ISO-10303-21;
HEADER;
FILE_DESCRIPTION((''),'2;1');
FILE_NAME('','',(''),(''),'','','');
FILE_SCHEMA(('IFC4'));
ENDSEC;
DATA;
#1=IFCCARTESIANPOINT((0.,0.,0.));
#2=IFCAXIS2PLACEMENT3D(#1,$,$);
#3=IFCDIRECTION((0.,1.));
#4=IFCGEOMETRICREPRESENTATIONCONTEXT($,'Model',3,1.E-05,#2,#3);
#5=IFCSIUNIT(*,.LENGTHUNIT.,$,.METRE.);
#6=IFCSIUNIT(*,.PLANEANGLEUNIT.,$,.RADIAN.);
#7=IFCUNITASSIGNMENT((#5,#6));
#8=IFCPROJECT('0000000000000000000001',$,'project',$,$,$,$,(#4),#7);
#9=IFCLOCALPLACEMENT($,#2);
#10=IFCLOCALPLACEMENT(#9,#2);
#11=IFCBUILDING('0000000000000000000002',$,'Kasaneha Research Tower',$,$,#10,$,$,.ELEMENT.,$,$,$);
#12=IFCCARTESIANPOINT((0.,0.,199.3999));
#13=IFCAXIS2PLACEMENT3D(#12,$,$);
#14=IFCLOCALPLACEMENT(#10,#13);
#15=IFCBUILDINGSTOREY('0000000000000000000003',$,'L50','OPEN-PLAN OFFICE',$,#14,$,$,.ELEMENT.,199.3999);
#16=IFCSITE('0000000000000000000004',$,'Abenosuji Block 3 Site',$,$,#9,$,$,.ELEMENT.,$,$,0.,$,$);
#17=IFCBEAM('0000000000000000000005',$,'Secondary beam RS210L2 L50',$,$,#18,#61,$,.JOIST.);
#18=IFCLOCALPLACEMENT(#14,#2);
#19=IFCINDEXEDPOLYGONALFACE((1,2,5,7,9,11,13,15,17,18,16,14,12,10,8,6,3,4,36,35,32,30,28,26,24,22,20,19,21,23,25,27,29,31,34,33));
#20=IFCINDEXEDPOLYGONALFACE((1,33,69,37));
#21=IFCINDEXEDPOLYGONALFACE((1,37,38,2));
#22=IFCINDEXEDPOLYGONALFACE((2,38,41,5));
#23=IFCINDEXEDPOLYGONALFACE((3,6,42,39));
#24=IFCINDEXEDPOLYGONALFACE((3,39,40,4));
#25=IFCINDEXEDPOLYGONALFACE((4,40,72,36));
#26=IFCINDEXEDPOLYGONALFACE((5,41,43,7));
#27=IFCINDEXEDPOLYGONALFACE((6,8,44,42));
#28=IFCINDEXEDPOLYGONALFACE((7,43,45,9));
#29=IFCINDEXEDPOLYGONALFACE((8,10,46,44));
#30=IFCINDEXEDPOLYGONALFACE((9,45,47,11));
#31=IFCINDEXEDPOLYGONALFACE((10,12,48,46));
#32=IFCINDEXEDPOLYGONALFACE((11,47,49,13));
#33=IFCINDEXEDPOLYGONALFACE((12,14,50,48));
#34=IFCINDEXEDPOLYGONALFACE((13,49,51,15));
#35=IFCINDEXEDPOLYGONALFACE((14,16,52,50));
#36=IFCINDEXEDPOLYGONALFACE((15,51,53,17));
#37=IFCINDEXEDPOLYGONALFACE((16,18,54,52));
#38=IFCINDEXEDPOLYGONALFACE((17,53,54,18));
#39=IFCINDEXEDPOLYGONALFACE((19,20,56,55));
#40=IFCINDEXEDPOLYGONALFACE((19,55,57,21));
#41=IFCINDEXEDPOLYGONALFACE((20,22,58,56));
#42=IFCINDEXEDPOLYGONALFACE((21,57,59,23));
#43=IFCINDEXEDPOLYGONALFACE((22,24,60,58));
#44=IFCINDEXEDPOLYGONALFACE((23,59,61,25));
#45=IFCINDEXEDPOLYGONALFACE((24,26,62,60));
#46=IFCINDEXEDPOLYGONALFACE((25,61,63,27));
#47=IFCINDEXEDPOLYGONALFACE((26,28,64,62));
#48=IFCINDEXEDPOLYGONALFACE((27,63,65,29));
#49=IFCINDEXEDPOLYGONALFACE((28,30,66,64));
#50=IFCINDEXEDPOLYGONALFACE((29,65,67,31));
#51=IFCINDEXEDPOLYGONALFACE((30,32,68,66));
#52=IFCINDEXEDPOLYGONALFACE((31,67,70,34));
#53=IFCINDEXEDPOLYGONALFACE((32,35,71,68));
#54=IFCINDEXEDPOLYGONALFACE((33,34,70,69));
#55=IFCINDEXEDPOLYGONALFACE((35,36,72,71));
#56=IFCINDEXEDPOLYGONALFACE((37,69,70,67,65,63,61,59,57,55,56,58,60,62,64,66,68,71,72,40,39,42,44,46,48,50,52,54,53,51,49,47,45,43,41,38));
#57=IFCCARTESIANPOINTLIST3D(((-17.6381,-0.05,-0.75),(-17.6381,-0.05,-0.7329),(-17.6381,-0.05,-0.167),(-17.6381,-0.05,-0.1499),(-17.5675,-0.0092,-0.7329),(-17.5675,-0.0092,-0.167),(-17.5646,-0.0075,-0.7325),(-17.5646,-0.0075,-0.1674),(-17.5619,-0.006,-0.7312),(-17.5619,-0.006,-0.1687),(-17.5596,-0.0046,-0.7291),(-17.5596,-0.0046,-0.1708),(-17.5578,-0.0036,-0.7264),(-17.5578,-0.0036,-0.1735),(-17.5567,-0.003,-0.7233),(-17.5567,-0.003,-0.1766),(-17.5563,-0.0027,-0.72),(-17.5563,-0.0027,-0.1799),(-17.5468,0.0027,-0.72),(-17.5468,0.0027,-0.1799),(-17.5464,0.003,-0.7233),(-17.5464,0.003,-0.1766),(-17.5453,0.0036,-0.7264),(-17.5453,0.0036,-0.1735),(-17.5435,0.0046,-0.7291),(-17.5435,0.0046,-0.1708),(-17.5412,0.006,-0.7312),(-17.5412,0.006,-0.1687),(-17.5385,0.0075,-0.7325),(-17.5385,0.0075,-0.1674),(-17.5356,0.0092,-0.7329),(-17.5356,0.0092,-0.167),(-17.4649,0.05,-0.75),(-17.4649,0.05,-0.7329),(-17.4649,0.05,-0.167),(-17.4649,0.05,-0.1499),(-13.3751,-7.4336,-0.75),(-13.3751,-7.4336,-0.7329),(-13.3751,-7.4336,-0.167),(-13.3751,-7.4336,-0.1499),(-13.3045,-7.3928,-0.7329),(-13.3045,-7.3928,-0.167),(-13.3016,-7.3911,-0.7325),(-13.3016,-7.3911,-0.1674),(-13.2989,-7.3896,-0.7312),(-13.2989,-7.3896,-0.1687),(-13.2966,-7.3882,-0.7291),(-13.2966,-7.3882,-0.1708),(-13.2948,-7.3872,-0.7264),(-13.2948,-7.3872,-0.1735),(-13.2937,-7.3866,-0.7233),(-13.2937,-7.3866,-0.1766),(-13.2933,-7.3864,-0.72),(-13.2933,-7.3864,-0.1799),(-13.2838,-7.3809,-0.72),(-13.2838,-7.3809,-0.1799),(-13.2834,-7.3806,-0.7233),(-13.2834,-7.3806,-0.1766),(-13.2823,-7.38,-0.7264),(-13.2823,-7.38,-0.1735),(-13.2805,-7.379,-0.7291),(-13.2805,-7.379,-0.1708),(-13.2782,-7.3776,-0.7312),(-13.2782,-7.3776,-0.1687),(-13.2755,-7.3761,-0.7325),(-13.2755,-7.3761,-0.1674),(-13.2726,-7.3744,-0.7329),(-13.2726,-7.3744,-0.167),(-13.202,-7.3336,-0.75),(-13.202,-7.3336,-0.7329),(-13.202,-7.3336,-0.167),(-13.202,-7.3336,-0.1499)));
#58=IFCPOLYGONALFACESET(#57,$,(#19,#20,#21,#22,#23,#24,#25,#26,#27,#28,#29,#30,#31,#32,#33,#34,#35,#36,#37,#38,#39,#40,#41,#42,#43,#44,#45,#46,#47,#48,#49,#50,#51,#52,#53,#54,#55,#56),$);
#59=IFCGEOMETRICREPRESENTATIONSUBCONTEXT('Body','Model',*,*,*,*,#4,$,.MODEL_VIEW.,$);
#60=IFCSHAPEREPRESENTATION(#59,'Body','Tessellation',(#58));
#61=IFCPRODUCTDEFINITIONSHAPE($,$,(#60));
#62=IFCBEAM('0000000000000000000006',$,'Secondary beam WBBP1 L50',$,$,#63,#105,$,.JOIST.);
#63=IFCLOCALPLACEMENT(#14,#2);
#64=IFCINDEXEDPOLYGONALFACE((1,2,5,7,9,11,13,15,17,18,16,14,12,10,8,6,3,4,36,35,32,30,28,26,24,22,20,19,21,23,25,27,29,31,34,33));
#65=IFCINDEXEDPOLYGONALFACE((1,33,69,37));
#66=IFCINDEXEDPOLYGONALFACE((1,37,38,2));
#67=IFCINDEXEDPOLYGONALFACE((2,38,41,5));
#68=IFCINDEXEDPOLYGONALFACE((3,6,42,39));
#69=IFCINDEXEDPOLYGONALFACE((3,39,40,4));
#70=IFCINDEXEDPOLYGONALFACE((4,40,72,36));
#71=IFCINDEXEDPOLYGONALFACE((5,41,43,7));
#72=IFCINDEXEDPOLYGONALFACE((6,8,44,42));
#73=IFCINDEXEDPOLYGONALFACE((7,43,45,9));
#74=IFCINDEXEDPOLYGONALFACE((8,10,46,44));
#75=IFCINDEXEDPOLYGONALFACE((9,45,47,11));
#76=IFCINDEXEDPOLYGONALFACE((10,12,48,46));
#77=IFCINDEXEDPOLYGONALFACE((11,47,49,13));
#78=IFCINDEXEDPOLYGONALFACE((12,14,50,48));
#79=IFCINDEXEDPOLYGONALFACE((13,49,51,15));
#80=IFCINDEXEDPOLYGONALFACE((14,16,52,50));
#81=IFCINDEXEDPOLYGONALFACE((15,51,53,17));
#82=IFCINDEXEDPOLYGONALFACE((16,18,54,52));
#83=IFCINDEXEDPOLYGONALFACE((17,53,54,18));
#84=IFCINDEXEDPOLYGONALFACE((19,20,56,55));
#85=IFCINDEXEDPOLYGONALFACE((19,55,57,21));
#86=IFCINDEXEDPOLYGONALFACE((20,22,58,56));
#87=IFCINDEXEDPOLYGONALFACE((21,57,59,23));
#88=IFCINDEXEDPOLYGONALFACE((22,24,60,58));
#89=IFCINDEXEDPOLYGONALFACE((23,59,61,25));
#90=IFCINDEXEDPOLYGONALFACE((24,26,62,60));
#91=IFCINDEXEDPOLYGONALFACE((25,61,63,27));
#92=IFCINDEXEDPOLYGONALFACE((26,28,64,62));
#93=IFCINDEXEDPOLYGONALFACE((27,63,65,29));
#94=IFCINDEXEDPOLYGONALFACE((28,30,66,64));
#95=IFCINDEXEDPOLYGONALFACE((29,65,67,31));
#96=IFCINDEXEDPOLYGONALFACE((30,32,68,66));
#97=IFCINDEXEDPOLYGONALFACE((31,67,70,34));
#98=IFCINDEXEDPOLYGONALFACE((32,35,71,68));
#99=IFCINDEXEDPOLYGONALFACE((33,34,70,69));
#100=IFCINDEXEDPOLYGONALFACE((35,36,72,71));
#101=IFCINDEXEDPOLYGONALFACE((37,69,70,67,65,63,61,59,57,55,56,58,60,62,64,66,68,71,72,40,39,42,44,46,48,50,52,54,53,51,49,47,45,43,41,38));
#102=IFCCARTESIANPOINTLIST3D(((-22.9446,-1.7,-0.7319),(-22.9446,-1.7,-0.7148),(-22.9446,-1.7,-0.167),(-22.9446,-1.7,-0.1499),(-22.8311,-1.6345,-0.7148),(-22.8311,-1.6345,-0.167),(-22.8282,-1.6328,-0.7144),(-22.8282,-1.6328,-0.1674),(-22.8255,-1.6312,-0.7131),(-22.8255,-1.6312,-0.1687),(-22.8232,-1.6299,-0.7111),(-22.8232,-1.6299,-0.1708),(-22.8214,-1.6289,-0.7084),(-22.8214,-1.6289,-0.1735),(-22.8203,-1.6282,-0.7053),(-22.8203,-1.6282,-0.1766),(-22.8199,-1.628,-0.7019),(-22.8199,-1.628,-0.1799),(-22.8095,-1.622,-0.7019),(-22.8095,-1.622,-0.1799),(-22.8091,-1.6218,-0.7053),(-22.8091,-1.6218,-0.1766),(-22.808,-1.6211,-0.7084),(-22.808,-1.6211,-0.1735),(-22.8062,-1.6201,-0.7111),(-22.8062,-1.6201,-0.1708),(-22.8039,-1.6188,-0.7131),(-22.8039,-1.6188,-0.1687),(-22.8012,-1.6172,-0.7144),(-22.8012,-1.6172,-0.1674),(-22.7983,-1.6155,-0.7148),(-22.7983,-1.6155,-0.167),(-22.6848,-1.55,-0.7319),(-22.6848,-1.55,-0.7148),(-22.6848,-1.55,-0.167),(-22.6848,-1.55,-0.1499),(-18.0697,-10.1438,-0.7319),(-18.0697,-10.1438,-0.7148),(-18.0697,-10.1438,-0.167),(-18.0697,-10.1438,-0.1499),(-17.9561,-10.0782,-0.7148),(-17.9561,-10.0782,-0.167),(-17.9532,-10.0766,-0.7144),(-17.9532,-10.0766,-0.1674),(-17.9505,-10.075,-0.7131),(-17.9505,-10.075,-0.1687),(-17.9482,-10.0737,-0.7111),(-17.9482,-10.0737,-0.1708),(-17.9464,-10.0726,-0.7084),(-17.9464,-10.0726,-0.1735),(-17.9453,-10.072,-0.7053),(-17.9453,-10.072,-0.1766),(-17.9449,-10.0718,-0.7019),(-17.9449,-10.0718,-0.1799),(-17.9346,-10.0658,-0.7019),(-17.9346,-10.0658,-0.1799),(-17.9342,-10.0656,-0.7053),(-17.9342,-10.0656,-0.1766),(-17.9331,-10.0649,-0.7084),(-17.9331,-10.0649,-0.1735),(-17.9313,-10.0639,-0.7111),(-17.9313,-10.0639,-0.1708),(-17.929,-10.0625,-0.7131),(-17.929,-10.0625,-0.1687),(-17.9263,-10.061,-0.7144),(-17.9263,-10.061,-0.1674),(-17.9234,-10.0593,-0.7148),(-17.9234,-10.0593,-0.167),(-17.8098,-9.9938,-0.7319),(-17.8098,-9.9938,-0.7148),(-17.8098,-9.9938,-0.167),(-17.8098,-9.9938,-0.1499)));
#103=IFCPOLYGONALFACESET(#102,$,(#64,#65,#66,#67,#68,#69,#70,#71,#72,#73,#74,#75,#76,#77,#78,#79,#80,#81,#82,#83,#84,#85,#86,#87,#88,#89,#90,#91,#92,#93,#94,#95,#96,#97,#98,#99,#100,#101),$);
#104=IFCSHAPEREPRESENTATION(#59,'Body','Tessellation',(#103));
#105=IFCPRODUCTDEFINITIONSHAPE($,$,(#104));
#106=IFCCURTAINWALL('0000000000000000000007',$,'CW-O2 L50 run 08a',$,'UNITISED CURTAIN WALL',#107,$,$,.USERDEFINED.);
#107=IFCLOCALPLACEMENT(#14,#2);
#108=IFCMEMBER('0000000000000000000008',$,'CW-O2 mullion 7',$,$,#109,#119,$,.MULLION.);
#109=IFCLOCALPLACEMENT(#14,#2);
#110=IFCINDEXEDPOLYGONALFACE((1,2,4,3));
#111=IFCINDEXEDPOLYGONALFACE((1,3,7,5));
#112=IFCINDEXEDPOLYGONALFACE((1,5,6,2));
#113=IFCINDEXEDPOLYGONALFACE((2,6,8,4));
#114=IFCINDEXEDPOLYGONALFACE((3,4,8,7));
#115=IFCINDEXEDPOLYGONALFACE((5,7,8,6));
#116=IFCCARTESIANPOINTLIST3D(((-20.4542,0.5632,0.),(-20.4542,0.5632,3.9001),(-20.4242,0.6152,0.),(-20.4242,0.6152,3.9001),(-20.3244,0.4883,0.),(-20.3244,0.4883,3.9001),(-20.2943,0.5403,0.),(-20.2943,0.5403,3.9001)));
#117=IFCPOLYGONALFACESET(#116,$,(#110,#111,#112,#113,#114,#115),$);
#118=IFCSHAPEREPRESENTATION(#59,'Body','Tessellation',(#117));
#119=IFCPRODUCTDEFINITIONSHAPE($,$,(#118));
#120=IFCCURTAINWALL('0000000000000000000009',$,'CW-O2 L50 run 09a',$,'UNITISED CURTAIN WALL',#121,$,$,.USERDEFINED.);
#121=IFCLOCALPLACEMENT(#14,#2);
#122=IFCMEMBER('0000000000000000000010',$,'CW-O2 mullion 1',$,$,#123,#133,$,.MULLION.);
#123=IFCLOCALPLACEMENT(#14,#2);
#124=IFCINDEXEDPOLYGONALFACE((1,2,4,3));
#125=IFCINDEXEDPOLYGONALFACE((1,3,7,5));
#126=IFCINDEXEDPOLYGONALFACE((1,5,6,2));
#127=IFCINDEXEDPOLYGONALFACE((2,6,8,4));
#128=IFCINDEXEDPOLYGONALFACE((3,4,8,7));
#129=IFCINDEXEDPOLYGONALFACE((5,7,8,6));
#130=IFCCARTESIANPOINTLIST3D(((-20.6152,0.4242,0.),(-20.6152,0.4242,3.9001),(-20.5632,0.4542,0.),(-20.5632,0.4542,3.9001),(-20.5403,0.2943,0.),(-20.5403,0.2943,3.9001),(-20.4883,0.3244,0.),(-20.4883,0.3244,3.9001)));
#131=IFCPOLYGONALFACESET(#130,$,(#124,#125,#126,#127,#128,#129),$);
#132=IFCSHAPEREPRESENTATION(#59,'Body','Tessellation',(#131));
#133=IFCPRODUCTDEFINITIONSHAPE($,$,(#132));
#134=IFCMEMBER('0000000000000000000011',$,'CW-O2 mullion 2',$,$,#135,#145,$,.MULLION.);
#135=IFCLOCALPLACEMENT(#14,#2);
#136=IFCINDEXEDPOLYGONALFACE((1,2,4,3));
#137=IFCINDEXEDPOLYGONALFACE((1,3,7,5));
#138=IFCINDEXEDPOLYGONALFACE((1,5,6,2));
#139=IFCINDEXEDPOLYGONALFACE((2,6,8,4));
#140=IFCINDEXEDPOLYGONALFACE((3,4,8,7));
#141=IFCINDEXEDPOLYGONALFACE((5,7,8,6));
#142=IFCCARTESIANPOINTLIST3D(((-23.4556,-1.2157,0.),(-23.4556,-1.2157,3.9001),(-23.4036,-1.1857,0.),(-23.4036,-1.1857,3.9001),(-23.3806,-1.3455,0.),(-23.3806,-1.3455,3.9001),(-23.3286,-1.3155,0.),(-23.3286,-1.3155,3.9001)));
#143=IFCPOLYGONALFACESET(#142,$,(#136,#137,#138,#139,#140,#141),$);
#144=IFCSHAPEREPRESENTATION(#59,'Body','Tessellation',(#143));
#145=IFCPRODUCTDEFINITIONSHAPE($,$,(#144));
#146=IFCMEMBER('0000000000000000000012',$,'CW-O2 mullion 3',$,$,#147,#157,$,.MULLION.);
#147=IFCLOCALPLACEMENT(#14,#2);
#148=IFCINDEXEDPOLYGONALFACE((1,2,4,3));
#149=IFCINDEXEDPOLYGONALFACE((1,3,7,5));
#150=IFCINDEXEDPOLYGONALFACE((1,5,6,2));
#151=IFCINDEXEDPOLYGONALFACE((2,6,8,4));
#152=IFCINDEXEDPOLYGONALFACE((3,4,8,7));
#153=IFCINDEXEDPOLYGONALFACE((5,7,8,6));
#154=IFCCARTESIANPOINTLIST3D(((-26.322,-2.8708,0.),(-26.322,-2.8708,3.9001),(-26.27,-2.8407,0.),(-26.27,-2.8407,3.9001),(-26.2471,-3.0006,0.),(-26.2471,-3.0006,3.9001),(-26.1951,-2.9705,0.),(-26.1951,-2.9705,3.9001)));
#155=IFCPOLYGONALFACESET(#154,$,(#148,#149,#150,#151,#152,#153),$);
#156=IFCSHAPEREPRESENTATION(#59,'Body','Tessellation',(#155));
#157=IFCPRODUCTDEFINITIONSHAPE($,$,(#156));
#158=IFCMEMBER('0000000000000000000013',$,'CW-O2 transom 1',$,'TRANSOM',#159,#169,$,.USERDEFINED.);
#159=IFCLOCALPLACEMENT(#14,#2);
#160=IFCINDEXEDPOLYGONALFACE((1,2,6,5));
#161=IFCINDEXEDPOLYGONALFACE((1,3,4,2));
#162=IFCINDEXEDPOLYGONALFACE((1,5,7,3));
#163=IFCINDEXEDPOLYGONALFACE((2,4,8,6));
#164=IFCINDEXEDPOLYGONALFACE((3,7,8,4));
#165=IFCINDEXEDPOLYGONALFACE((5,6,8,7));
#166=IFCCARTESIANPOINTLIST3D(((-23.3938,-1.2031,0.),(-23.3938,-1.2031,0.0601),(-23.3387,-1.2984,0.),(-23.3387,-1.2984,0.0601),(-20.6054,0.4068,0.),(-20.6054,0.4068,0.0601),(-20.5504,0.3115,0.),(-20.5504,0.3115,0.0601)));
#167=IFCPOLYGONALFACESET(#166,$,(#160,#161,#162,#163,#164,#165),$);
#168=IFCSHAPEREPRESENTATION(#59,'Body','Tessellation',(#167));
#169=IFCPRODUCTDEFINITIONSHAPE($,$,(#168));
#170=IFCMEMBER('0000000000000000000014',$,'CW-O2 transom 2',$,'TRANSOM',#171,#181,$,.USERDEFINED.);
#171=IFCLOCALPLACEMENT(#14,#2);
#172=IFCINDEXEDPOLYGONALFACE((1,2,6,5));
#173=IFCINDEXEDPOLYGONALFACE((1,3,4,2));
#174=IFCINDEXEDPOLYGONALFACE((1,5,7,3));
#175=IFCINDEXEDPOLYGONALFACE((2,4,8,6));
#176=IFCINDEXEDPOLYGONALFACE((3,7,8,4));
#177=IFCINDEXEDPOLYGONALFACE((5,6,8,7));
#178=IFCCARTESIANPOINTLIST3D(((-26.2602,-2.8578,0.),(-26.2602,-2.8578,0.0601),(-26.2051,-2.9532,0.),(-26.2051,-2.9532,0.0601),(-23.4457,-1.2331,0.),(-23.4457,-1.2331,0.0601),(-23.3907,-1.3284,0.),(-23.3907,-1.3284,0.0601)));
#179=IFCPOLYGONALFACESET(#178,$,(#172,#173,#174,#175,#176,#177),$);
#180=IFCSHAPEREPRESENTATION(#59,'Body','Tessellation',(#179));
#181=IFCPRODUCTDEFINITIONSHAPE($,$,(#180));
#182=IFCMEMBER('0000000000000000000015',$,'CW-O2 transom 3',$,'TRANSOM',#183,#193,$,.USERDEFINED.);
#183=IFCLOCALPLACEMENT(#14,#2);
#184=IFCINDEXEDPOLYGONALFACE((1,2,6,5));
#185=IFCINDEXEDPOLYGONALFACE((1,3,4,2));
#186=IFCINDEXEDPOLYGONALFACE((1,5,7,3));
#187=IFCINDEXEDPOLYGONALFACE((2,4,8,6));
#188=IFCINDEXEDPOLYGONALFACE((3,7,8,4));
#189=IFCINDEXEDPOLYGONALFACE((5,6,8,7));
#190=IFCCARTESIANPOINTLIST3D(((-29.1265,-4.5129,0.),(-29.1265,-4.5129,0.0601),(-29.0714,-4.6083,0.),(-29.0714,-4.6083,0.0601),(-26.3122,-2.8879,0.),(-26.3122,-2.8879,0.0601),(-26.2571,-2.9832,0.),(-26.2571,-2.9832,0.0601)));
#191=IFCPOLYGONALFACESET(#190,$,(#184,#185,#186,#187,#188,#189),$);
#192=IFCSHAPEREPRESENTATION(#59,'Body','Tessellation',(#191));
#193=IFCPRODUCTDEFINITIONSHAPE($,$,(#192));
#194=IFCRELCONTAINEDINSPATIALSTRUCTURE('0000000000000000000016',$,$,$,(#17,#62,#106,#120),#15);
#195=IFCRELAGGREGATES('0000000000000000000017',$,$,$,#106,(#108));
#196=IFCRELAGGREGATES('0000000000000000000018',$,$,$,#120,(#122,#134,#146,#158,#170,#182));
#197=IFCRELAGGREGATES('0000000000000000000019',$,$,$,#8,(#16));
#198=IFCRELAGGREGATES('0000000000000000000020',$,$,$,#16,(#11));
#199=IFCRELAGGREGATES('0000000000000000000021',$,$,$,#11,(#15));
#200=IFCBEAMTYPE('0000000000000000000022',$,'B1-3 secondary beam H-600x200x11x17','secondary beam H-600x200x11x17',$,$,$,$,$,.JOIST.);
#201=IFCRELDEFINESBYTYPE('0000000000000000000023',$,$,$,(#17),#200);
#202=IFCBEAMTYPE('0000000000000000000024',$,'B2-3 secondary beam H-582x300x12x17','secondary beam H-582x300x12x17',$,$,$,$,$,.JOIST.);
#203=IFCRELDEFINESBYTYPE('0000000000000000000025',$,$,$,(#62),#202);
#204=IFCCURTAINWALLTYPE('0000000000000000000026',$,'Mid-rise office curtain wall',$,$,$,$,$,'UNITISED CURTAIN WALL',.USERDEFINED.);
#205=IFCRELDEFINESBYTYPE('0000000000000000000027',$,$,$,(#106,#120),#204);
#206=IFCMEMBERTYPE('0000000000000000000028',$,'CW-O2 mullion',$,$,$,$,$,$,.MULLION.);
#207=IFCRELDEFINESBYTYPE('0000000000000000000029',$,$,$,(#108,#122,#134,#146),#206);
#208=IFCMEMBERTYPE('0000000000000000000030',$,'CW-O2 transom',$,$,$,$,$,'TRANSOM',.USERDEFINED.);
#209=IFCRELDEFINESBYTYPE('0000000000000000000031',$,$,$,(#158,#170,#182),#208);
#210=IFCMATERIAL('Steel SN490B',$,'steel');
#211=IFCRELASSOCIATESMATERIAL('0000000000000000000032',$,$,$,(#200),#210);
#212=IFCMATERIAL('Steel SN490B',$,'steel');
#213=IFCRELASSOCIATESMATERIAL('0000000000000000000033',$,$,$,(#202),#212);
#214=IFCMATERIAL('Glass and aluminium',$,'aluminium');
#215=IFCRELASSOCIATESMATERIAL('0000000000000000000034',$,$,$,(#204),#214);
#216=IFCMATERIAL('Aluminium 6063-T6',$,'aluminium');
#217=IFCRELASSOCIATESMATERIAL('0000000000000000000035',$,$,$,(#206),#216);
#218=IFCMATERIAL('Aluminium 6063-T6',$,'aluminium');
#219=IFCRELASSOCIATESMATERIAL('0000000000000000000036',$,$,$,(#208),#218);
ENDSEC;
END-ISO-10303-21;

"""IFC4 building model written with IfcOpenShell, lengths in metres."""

from ifc_helpers import new_model, si_unit, direction, frame, origin, origin_2d, place, context, subcontext, project, spatial, rectangle, i_section, extrude, material, material_profile, profile_set, type_object, element, aggregate, save


model = new_model("IFC4")

# Units and contexts
model_context = context("Model", 3, precision=1e-05, world=origin(), true_north=direction((0.0, 1.0)))
body_context = subcontext(model_context, "Body", "Model", "MODEL_VIEW")
ifc_project = project(units=[si_unit("LENGTHUNIT", "METRE"), si_unit("PLANEANGLEUNIT", "RADIAN")], contexts=[model_context])

# Site, building, storey
site_placement = place(None, origin())
site = spatial("IfcSite", under=ifc_project, at=site_placement, Name="Abenosuji Block 3 Site", CompositionType="ELEMENT", RefElevation=0.0)
building_placement = place(site_placement, origin())
building = spatial("IfcBuilding", under=site, at=building_placement, Name="Kasaneha Research Tower", CompositionType="ELEMENT")
storey_placement = place(building_placement, frame((0.0, 0.0, 199.3999)))
storey = spatial("IfcBuildingStorey", under=building, at=storey_placement, Name="L50", Description="OPEN-PLAN OFFICE", CompositionType="ELEMENT", Elevation=199.3999)

# Beams
ifc_material_1 = material(Name="Steel SN490B", Category="steel")
ifc_material_profile_1 = material_profile(ifc_material_1, i_section(OverallWidth=0.2, OverallDepth=0.6001, WebThickness=0.011, FlangeThickness=0.0171, FilletRadius=0.0129, at=origin_2d()), Name="H-600x200x11x17")
ifc_profile_set_1 = profile_set([ifc_material_profile_1], Name="Steel SN490B")
beam_type_1 = type_object("IfcBeamType", Name="B1-3 secondary beam H-600x200x11x17", Description="secondary beam H-600x200x11x17", PredefinedType="JOIST", material=ifc_profile_set_1)
beam_1_placement = place(storey_placement, frame((-17.5515, 0.0, -0.45), z_axis=(0.500004, -0.866023, 0.0), x_axis=(0.866023, 0.500004, 0.0)))
element("IfcBeam", 1, at=beam_1_placement, inside=storey, type_object=beam_type_1, Name="Secondary beam RS210L2 L50", PredefinedType="JOIST", context=body_context, shape_type="SweptSolid", body=[
    extrude(i_section(OverallWidth=0.2, OverallDepth=0.6001, WebThickness=0.011, FlangeThickness=0.0171, FilletRadius=0.0129, at=origin_2d()), origin(), (0.0, 0.0, 1.0), 8.5259),
])
ifc_material_2 = material(Name="Steel SN490B", Category="steel")
ifc_material_profile_2 = material_profile(ifc_material_2, i_section(OverallWidth=0.3, OverallDepth=0.582, WebThickness=0.012, FlangeThickness=0.0171, FilletRadius=0.0129, at=origin_2d()), Name="H-582x300x12x17")
ifc_profile_set_2 = profile_set([ifc_material_profile_2], Name="Steel SN490B")
beam_type_2 = type_object("IfcBeamType", Name="B2-3 secondary beam H-582x300x12x17", Description="secondary beam H-582x300x12x17", PredefinedType="JOIST", material=ifc_profile_set_2)
beam_2_placement = place(storey_placement, frame((-22.8147, -1.625, -0.4409), z_axis=(0.499996, -0.866028, 0.0), x_axis=(0.866028, 0.499996, 0.0)))
element("IfcBeam", 2, at=beam_2_placement, inside=storey, type_object=beam_type_2, Name="Secondary beam WBBP1 L50", PredefinedType="JOIST", context=body_context, shape_type="SweptSolid", body=[
    extrude(i_section(OverallWidth=0.3, OverallDepth=0.582, WebThickness=0.012, FlangeThickness=0.0171, FilletRadius=0.0129, at=origin_2d()), origin(), (0.0, 0.0, 1.0), 9.75),
])

# Curtain wall, member
ifc_material_3 = material(Name="Glass and aluminium", Category="aluminium")
curtain_wall_type = type_object("IfcCurtainWallType", Name="Mid-rise office curtain wall", ElementType="UNITISED CURTAIN WALL", PredefinedType="USERDEFINED", material=ifc_material_3)
curtain_wall_1_placement = place(storey_placement, origin())
curtain_wall_1 = element("IfcCurtainWall", 3, at=curtain_wall_1_placement, inside=storey, type_object=curtain_wall_type, Name="CW-O2 L50 run 08a", ObjectType="UNITISED CURTAIN WALL", PredefinedType="USERDEFINED")
ifc_material_4 = material(Name="Aluminium 6063-T6", Category="aluminium")
ifc_material_profile_3 = material_profile(ifc_material_4, rectangle(XDim=0.0601, YDim=0.1499, at=origin_2d()), Name="CW-O2 mullion 60x150")
ifc_profile_set_3 = profile_set([ifc_material_profile_3], Name="Aluminium 6063-T6")
member_type_1 = type_object("IfcMemberType", Name="CW-O2 mullion", PredefinedType="MULLION", material=ifc_profile_set_3)
member_1_placement = place(storey_placement, frame((-20.3743, 0.5518, 0.0), z_axis=(0.0, 0.0, 1.0), x_axis=(-0.5, -0.866025, 0.0)))
member_1 = element("IfcMember", 4, at=member_1_placement, type_object=member_type_1, Name="CW-O2 mullion 7", PredefinedType="MULLION", context=body_context, shape_type="SweptSolid", body=[
    extrude(rectangle(XDim=0.0601, YDim=0.1499, at=origin_2d()), origin(), (0.0, 0.0, 1.0), 3.9001),
])
aggregate(curtain_wall_1, [member_1])

# Curtain wall, members
curtain_wall_2_placement = place(storey_placement, origin())
curtain_wall_2 = element("IfcCurtainWall", 5, at=curtain_wall_2_placement, inside=storey, type_object=curtain_wall_type, Name="CW-O2 L50 run 09a", ObjectType="UNITISED CURTAIN WALL", PredefinedType="USERDEFINED")
member_2_placement = place(storey_placement, frame((-20.5518, 0.3743, 0.0), z_axis=(0.0, 0.0, 1.0), x_axis=(-0.866025, -0.5, 0.0)))
member_2 = element("IfcMember", 6, at=member_2_placement, type_object=member_type_1, Name="CW-O2 mullion 1", PredefinedType="MULLION", context=body_context, shape_type="SweptSolid", body=[
    extrude(rectangle(XDim=0.0601, YDim=0.1499, at=origin_2d()), origin(), (0.0, 0.0, 1.0), 3.9001),
])
member_3_placement = place(storey_placement, frame((-23.3921, -1.2656, 0.0), z_axis=(0.0, 0.0, 1.0), x_axis=(-0.866025, -0.5, 0.0)))
member_3 = element("IfcMember", 7, at=member_3_placement, type_object=member_type_1, Name="CW-O2 mullion 2", PredefinedType="MULLION", context=body_context, shape_type="SweptSolid", body=[
    extrude(rectangle(XDim=0.0601, YDim=0.1499, at=origin_2d()), origin(), (0.0, 0.0, 1.0), 3.9001),
])
member_4_placement = place(storey_placement, frame((-26.2585, -2.9207, 0.0), z_axis=(0.0, 0.0, 1.0), x_axis=(-0.866025, -0.5, 0.0)))
member_4 = element("IfcMember", 8, at=member_4_placement, type_object=member_type_1, Name="CW-O2 mullion 3", PredefinedType="MULLION", context=body_context, shape_type="SweptSolid", body=[
    extrude(rectangle(XDim=0.0601, YDim=0.1499, at=origin_2d()), origin(), (0.0, 0.0, 1.0), 3.9001),
])
ifc_material_5 = material(Name="Aluminium 6063-T6", Category="aluminium")
ifc_material_profile_4 = material_profile(ifc_material_5, rectangle(XDim=0.1101, YDim=0.0601, at=origin_2d()), Name="CW-O2 transom 110x60")
ifc_profile_set_4 = profile_set([ifc_material_profile_4], Name="Aluminium 6063-T6")
member_type_2 = type_object("IfcMemberType", Name="CW-O2 transom", ElementType="TRANSOM", PredefinedType="USERDEFINED", material=ifc_profile_set_4)
member_5_placement = place(storey_placement, frame((-20.5779, 0.3591, 0.03), z_axis=(-0.866023, -0.500005, 0.0), x_axis=(0.500005, -0.866023, 0.0)))
member_5 = element("IfcMember", 9, at=member_5_placement, type_object=member_type_2, Name="CW-O2 transom 1", ObjectType="TRANSOM", PredefinedType="USERDEFINED", context=body_context, shape_type="SweptSolid", body=[
    extrude(rectangle(XDim=0.1101, YDim=0.0601, at=origin_2d()), origin(), (0.0, 0.0, 1.0), 3.2197),
])
member_6_placement = place(storey_placement, frame((-23.4182, -1.2808, 0.03), z_axis=(-0.866048, -0.499961, 0.0), x_axis=(0.499961, -0.866048, 0.0)))
member_6 = element("IfcMember", 10, at=member_6_placement, type_object=member_type_2, Name="CW-O2 transom 2", ObjectType="TRANSOM", PredefinedType="USERDEFINED", context=body_context, shape_type="SweptSolid", body=[
    extrude(rectangle(XDim=0.1101, YDim=0.0601, at=origin_2d()), origin(), (0.0, 0.0, 1.0), 3.2498),
])
member_7_placement = place(storey_placement, frame((-26.2847, -2.9355, 0.03), z_axis=(-0.865997, -0.50005, 0.0), x_axis=(0.50005, -0.865997, 0.0)))
member_7 = element("IfcMember", 11, at=member_7_placement, type_object=member_type_2, Name="CW-O2 transom 3", ObjectType="TRANSOM", PredefinedType="USERDEFINED", context=body_context, shape_type="SweptSolid", body=[
    extrude(rectangle(XDim=0.1101, YDim=0.0601, at=origin_2d()), origin(), (0.0, 0.0, 1.0), 3.2498),
])

aggregate(curtain_wall_2, [member_2, member_3, member_4, member_5, member_6, member_7])

save(model, "model.ifc")
